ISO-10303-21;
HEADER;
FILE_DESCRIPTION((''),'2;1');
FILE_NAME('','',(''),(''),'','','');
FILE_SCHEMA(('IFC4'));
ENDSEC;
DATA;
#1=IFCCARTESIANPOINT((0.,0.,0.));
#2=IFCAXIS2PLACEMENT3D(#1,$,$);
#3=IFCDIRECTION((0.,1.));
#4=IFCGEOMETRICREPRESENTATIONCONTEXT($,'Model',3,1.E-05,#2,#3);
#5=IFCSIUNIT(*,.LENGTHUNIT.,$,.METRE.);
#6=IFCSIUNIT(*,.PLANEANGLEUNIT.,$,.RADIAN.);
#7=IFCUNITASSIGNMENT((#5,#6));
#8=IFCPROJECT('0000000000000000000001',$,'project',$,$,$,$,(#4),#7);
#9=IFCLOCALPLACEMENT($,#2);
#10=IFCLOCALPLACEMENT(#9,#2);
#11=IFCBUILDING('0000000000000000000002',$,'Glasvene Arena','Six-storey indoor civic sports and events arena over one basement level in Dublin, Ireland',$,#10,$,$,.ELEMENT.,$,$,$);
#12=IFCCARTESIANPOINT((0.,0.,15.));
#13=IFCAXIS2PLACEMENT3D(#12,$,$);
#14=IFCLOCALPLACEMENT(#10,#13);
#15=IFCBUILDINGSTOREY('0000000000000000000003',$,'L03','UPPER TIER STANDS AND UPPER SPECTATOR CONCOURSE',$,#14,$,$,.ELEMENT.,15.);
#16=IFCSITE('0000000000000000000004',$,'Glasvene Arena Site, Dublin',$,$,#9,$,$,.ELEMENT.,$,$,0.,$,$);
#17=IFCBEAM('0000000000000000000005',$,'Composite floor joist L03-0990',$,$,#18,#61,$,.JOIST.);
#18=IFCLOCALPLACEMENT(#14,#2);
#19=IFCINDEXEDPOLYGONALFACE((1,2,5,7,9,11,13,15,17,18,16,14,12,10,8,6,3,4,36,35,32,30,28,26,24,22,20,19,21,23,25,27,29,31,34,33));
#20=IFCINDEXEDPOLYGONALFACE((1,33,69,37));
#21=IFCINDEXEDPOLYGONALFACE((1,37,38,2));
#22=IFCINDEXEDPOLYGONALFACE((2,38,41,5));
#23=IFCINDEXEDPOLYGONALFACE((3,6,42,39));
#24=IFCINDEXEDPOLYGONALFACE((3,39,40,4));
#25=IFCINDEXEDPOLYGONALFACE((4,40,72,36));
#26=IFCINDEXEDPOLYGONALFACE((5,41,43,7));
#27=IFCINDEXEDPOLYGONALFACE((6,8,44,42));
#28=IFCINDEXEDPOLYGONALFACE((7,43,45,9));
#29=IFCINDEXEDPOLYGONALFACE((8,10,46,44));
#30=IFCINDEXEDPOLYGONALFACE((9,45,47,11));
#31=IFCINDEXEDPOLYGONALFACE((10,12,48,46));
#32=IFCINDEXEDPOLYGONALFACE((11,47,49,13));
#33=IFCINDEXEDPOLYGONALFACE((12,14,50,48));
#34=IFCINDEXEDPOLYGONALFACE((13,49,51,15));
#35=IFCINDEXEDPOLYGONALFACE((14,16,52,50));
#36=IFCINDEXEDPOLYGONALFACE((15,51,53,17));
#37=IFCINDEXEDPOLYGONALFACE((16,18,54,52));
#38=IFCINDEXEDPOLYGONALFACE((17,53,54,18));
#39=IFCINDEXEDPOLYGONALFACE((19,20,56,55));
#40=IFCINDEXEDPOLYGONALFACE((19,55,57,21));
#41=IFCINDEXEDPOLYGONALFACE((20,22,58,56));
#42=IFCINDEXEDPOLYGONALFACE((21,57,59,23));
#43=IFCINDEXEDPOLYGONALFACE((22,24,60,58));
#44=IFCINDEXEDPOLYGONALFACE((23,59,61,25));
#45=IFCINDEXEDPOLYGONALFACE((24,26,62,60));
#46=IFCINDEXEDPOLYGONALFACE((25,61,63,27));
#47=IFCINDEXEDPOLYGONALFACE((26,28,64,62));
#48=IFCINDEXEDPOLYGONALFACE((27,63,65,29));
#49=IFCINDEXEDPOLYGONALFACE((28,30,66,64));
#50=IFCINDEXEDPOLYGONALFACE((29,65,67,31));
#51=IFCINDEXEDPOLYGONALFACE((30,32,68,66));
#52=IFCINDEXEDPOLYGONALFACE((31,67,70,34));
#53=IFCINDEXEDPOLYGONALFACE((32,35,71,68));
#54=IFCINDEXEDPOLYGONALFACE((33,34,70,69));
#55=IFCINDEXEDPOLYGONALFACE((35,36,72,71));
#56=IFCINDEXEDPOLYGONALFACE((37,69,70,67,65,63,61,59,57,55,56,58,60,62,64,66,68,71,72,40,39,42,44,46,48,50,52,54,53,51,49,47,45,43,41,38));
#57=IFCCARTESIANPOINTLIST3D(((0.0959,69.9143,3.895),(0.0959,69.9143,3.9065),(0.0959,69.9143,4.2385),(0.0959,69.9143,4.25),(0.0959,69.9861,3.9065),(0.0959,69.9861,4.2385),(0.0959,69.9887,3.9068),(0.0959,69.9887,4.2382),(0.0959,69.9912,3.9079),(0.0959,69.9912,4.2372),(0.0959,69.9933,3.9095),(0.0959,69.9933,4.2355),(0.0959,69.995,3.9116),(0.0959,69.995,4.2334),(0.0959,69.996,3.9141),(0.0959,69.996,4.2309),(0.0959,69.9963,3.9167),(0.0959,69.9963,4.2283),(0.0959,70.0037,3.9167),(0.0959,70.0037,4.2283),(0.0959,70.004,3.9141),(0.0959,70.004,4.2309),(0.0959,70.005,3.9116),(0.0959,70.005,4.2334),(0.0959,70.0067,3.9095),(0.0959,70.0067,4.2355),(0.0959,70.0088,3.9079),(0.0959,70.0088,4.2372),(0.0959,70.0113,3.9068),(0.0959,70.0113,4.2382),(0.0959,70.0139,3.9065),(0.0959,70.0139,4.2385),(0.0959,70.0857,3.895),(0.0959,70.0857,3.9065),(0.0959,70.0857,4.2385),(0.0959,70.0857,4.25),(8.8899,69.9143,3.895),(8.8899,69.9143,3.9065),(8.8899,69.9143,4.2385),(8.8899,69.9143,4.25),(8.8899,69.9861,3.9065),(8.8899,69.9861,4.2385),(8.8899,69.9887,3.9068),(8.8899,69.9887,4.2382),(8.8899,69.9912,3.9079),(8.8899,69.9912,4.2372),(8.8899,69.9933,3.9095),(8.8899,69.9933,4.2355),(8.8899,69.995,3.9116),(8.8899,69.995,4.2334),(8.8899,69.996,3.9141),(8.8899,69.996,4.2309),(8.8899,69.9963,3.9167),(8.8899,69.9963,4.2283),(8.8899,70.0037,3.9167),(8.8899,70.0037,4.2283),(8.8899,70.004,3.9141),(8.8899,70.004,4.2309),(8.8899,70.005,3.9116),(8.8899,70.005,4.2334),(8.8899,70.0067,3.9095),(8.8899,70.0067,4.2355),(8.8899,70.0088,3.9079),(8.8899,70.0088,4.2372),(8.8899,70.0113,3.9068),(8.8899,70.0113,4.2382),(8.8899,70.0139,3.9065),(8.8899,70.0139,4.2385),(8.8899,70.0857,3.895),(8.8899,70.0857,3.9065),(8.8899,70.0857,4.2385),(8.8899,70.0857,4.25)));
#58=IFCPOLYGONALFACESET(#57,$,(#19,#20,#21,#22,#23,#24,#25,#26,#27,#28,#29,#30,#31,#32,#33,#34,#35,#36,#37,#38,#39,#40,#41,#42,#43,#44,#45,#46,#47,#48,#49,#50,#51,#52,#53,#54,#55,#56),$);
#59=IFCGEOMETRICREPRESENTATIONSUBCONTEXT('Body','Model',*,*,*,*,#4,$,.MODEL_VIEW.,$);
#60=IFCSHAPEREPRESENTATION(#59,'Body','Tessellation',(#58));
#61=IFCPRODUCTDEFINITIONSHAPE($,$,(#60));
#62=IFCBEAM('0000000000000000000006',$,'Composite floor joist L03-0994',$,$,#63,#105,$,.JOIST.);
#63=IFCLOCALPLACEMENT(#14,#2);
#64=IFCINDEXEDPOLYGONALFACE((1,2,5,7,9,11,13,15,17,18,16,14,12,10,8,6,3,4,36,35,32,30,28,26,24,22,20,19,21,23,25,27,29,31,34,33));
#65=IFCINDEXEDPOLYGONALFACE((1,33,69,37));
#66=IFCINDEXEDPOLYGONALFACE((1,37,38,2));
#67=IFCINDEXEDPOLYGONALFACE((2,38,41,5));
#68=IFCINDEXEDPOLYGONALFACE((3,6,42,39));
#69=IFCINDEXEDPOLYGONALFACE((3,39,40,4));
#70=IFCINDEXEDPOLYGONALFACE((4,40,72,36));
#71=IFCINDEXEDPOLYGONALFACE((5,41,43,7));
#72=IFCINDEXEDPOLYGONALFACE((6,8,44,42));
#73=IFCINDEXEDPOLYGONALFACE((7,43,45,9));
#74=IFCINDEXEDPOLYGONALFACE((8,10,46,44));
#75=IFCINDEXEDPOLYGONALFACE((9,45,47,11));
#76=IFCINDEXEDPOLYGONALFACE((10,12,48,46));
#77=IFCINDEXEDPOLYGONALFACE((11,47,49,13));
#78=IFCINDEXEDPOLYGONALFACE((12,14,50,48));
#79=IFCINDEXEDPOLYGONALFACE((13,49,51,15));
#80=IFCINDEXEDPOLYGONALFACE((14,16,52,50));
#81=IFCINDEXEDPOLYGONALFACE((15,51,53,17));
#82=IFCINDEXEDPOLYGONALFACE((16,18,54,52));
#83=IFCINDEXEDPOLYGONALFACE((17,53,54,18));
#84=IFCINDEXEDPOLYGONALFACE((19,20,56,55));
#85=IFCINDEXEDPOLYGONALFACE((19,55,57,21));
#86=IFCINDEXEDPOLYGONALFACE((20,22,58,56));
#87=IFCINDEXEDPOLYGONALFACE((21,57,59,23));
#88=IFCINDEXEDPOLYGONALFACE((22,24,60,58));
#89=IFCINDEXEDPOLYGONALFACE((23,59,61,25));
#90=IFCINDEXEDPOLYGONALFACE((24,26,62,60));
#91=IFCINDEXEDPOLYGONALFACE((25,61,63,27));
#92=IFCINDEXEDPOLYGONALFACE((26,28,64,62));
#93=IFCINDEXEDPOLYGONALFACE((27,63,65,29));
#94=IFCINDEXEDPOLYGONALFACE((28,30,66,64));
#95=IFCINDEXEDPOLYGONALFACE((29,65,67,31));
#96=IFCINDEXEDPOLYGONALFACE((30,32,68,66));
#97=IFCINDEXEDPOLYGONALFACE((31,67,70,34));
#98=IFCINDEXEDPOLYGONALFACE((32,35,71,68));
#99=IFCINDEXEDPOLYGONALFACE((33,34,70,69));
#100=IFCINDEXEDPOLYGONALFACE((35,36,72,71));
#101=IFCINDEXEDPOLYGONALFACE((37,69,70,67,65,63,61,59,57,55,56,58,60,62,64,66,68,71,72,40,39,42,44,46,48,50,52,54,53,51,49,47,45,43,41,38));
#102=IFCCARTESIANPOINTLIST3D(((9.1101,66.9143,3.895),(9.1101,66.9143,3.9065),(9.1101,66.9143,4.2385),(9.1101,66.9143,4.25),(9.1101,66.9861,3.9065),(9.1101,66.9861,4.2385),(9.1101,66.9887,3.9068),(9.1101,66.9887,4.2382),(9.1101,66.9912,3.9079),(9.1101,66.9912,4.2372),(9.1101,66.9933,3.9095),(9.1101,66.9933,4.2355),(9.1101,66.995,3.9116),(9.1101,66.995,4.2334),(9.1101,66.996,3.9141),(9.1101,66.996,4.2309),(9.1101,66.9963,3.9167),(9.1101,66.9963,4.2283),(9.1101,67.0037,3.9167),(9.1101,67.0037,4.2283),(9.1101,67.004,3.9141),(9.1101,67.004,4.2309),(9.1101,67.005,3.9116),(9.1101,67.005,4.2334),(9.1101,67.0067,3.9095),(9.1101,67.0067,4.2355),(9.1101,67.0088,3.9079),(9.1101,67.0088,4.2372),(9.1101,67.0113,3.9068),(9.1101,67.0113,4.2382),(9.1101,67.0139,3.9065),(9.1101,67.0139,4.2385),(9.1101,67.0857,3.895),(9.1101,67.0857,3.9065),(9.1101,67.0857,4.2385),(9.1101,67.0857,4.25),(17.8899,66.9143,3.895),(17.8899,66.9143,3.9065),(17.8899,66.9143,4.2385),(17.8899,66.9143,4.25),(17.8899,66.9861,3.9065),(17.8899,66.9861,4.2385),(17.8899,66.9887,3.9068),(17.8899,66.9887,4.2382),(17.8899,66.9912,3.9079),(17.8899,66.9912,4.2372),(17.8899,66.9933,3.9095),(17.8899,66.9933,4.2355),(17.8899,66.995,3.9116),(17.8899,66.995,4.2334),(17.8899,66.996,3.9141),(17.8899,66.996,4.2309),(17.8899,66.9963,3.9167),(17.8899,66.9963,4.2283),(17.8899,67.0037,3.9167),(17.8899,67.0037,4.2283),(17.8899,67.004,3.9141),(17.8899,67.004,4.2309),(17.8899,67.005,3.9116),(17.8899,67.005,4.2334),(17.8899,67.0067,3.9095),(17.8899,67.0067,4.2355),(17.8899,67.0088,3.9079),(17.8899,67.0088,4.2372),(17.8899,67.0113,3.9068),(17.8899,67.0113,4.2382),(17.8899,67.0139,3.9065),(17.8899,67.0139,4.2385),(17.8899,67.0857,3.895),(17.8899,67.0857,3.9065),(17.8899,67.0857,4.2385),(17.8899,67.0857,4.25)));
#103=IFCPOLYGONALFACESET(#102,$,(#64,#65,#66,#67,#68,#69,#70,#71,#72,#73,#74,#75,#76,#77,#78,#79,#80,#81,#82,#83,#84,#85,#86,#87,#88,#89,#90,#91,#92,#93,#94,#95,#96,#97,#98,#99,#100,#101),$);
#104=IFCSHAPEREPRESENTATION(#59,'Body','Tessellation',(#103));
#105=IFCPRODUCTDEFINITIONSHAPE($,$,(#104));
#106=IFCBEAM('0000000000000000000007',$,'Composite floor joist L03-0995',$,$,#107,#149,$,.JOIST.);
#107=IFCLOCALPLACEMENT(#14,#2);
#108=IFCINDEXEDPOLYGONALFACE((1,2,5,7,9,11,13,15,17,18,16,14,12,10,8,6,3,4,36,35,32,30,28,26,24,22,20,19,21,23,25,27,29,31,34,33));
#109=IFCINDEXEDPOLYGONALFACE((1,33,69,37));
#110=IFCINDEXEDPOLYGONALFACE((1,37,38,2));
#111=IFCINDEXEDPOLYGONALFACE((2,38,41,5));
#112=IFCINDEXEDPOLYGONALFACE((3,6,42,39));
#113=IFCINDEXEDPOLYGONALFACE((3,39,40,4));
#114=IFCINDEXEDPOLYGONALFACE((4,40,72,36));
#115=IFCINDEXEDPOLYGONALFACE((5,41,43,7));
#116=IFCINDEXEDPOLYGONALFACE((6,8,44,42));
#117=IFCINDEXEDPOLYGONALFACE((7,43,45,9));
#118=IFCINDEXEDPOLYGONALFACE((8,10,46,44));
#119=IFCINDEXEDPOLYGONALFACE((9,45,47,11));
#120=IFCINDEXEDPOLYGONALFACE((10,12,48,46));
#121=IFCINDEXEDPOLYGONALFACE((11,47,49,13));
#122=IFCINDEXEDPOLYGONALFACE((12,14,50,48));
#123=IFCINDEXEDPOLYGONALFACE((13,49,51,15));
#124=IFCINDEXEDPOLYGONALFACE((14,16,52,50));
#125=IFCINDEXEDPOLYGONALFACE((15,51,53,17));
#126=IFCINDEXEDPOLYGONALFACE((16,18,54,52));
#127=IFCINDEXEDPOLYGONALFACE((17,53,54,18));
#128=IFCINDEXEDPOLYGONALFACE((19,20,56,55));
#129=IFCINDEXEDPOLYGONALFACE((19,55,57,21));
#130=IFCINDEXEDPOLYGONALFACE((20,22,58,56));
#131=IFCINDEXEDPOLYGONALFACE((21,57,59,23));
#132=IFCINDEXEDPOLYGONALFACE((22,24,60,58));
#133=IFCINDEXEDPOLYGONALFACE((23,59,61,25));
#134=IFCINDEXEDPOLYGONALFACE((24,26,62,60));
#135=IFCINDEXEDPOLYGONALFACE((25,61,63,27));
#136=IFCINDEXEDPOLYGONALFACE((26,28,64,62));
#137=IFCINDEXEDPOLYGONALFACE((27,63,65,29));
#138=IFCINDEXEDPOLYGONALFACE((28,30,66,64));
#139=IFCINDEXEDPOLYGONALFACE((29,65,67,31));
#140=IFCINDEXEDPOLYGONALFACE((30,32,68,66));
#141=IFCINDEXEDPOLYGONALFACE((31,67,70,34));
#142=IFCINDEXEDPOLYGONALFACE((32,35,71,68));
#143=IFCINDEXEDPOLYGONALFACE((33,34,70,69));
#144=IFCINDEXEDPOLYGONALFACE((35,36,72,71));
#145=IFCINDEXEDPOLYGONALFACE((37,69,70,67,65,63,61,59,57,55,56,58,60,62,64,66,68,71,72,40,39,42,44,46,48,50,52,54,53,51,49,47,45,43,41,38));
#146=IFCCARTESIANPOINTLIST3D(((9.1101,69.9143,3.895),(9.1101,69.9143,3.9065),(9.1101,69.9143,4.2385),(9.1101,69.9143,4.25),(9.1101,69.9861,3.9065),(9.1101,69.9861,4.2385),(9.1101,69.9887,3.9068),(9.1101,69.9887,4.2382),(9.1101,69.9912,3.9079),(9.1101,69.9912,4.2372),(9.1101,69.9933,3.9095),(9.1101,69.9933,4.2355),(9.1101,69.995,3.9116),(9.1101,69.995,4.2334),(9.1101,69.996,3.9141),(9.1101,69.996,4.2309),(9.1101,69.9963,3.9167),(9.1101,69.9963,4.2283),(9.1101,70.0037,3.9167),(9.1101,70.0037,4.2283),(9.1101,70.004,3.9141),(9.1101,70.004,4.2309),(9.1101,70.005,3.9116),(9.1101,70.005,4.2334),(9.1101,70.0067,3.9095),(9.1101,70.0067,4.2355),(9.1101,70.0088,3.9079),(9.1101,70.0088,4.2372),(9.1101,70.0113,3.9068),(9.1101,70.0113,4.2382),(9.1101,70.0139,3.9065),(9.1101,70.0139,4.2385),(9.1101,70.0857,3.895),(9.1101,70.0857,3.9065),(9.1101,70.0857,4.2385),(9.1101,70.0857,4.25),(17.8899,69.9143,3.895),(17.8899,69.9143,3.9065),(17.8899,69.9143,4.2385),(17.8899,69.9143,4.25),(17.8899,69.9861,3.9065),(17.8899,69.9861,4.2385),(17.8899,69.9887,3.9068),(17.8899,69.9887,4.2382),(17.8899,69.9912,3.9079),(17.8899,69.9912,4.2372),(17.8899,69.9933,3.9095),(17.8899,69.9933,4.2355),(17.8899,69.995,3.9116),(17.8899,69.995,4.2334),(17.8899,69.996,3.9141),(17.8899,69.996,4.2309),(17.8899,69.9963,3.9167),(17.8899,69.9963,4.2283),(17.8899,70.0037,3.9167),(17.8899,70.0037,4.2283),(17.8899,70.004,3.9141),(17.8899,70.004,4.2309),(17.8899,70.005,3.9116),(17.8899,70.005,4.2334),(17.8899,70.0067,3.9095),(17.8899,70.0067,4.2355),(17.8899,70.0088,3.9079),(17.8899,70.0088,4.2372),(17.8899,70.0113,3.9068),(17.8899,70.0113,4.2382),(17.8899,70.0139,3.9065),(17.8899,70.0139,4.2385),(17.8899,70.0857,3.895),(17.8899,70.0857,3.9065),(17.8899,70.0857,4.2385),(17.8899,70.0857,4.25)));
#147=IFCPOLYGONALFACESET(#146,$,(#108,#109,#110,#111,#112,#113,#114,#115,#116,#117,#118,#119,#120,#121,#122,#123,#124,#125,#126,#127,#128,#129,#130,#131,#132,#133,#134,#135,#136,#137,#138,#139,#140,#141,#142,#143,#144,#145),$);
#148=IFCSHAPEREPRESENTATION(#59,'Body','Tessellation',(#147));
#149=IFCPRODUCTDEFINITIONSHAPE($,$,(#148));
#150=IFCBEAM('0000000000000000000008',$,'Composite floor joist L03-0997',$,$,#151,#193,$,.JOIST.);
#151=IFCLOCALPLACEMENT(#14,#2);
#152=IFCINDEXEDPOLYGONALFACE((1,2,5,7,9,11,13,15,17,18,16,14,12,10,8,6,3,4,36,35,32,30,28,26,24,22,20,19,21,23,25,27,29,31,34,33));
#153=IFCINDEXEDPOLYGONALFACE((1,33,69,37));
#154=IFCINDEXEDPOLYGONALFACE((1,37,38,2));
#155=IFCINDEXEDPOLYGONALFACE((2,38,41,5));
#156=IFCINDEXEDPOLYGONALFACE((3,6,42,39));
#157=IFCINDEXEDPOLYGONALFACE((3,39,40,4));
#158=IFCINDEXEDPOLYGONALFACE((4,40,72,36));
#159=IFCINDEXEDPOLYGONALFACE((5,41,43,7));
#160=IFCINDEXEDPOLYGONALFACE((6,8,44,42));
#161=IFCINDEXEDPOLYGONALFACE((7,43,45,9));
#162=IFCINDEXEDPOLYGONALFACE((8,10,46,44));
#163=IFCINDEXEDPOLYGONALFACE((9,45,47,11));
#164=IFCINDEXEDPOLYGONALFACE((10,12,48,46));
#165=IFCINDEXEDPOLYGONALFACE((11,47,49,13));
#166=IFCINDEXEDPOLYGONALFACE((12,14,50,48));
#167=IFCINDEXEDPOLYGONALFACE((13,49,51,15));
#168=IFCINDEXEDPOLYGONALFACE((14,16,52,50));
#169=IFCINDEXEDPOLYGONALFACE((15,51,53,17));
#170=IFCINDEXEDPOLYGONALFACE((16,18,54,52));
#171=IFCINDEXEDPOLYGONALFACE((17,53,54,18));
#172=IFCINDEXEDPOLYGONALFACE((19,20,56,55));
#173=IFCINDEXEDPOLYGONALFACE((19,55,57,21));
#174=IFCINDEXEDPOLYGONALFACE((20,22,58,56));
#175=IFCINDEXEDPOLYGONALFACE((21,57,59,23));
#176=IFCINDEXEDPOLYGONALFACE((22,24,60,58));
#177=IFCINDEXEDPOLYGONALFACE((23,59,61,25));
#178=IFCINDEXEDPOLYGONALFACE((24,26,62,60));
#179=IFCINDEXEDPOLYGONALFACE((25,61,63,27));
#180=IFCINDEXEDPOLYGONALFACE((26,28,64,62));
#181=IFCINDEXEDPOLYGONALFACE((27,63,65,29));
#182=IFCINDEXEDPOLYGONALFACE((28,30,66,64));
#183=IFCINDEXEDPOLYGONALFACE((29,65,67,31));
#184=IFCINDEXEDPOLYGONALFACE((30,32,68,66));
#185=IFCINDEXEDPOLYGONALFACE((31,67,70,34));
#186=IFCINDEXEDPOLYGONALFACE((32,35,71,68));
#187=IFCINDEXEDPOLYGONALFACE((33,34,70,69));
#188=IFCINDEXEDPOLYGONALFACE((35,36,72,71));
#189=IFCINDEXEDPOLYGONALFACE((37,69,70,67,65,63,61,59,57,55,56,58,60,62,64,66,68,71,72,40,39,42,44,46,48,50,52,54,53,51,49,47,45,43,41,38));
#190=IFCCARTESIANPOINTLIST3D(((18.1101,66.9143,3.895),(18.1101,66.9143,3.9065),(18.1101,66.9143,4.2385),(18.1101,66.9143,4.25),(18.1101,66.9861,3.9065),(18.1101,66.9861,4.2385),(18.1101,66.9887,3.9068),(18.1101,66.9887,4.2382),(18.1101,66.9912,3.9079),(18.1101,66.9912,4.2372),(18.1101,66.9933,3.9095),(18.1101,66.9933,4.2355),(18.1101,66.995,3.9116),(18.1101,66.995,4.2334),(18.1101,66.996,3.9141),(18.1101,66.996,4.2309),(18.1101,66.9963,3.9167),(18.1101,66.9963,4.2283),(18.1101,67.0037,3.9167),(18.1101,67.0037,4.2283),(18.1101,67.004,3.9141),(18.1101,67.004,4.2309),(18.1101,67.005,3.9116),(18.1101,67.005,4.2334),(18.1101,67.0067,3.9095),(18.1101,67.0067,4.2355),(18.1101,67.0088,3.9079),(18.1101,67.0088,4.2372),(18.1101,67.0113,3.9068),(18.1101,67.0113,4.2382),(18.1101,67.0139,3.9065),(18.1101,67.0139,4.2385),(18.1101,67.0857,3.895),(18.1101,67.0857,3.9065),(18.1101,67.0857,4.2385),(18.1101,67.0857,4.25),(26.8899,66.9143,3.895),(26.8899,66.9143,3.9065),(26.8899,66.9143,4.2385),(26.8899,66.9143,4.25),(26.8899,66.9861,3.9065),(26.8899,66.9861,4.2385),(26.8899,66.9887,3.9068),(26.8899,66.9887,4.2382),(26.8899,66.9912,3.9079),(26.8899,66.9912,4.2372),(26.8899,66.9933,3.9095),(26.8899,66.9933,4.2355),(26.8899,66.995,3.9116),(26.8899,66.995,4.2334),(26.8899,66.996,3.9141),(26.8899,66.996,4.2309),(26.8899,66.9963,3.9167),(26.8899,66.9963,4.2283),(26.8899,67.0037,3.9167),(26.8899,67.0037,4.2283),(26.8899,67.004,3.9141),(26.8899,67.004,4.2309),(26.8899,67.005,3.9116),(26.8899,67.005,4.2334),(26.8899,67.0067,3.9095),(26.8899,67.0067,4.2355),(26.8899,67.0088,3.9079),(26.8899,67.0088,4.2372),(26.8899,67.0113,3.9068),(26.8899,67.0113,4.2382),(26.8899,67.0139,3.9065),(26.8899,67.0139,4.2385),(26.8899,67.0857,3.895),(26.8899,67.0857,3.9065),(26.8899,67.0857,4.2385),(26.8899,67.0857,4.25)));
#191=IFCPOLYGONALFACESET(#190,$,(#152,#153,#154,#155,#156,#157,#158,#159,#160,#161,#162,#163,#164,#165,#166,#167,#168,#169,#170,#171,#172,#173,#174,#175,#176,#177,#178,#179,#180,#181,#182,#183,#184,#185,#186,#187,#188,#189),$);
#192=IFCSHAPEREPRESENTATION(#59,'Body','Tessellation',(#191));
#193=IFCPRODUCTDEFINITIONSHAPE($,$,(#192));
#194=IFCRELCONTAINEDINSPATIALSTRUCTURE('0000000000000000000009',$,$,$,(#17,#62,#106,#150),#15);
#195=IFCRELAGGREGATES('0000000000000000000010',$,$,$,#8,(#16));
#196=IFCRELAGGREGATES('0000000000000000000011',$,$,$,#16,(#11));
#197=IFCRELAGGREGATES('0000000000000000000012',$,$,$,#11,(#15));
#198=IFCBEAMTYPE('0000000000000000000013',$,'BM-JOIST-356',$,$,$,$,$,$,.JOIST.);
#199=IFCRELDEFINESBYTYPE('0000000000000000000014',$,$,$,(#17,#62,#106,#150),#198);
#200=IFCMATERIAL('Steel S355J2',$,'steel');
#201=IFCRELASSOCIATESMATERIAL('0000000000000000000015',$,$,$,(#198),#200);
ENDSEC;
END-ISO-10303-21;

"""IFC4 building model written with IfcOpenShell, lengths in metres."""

from ifc_helpers import new_model, si_unit, direction, frame, origin, origin_2d, place, context, subcontext, project, spatial, i_section, extrude, material, material_profile, profile_set, type_object, element, save


model = new_model("IFC4")

# Units and contexts
model_context = context("Model", 3, precision=1e-05, world=origin(), true_north=direction((0.0, 1.0)))
body_context = subcontext(model_context, "Body", "Model", "MODEL_VIEW")
ifc_project = project(units=[si_unit("LENGTHUNIT", "METRE"), si_unit("PLANEANGLEUNIT", "RADIAN")], contexts=[model_context])

# Site, building, storey
site_placement = place(None, origin())
site = spatial("IfcSite", under=ifc_project, at=site_placement, Name="Glasvene Arena Site, Dublin", CompositionType="ELEMENT", RefElevation=0.0)
building_placement = place(site_placement, origin())
building = spatial("IfcBuilding", under=site, at=building_placement, Name="Glasvene Arena", Description="Six-storey indoor civic sports and events arena over one basement level in Dublin, Ireland", CompositionType="ELEMENT")
storey_placement = place(building_placement, frame((0.0, 0.0, 15.0)))
storey = spatial("IfcBuildingStorey", under=building, at=storey_placement, Name="L03", Description="UPPER TIER STANDS AND UPPER SPECTATOR CONCOURSE", CompositionType="ELEMENT", Elevation=15.0)

# Shared definitions
ifc_material_1 = material(Name="Steel S355J2", Category="steel")

# Beams
ifc_material_profile_1 = material_profile(ifc_material_1, i_section(OverallWidth=0.1714, OverallDepth=0.355, WebThickness=0.0073, FlangeThickness=0.0115, FilletRadius=0.0103, at=origin_2d()), Name="UKB 356x171x51")
ifc_profile_set_1 = profile_set([ifc_material_profile_1], Name="Steel S355J2")
beam_type_1 = type_object("IfcBeamType", Name="BM-JOIST-356", PredefinedType="JOIST", material=ifc_profile_set_1)
for number, where, z_axis, x_axis, name in (
    (1, (0.0959, 70.0, 4.0725), (1.0, 0.0, 0.0), (0.0, 1.0, 0.0), "Composite floor joist L03-0990"),
):
    element("IfcBeam", number, at=place(storey_placement, frame(where, z_axis=z_axis, x_axis=x_axis)), inside=storey, type_object=beam_type_1, Name=name, PredefinedType="JOIST", context=body_context, shape_type="SweptSolid", body=[
        extrude(i_section(OverallWidth=0.1714, OverallDepth=0.355, WebThickness=0.0073, FlangeThickness=0.0115, FilletRadius=0.0103, at=origin_2d()), origin(), (0.0, 0.0, 1.0), 8.7939),
    ])
for number, where, z_axis, x_axis, name in (
    (2, (9.1101, 67.0, 4.0725), (1.0, 0.0, 0.0), (0.0, 1.0, 0.0), "Composite floor joist L03-0994"),
    (3, (9.1101, 70.0, 4.0725), (1.0, 0.0, 0.0), (0.0, 1.0, 0.0), "Composite floor joist L03-0995"),
    (4, (18.1101, 67.0, 4.0725), (1.0, 0.0, 0.0), (0.0, 1.0, 0.0), "Composite floor joist L03-0997"),
):
    element("IfcBeam", number, at=place(storey_placement, frame(where, z_axis=z_axis, x_axis=x_axis)), inside=storey, type_object=beam_type_1, Name=name, PredefinedType="JOIST", context=body_context, shape_type="SweptSolid", body=[
        extrude(i_section(OverallWidth=0.1714, OverallDepth=0.355, WebThickness=0.0073, FlangeThickness=0.0115, FilletRadius=0.0103, at=origin_2d()), origin(), (0.0, 0.0, 1.0), 8.7798),
    ])

save(model, "model.ifc")
